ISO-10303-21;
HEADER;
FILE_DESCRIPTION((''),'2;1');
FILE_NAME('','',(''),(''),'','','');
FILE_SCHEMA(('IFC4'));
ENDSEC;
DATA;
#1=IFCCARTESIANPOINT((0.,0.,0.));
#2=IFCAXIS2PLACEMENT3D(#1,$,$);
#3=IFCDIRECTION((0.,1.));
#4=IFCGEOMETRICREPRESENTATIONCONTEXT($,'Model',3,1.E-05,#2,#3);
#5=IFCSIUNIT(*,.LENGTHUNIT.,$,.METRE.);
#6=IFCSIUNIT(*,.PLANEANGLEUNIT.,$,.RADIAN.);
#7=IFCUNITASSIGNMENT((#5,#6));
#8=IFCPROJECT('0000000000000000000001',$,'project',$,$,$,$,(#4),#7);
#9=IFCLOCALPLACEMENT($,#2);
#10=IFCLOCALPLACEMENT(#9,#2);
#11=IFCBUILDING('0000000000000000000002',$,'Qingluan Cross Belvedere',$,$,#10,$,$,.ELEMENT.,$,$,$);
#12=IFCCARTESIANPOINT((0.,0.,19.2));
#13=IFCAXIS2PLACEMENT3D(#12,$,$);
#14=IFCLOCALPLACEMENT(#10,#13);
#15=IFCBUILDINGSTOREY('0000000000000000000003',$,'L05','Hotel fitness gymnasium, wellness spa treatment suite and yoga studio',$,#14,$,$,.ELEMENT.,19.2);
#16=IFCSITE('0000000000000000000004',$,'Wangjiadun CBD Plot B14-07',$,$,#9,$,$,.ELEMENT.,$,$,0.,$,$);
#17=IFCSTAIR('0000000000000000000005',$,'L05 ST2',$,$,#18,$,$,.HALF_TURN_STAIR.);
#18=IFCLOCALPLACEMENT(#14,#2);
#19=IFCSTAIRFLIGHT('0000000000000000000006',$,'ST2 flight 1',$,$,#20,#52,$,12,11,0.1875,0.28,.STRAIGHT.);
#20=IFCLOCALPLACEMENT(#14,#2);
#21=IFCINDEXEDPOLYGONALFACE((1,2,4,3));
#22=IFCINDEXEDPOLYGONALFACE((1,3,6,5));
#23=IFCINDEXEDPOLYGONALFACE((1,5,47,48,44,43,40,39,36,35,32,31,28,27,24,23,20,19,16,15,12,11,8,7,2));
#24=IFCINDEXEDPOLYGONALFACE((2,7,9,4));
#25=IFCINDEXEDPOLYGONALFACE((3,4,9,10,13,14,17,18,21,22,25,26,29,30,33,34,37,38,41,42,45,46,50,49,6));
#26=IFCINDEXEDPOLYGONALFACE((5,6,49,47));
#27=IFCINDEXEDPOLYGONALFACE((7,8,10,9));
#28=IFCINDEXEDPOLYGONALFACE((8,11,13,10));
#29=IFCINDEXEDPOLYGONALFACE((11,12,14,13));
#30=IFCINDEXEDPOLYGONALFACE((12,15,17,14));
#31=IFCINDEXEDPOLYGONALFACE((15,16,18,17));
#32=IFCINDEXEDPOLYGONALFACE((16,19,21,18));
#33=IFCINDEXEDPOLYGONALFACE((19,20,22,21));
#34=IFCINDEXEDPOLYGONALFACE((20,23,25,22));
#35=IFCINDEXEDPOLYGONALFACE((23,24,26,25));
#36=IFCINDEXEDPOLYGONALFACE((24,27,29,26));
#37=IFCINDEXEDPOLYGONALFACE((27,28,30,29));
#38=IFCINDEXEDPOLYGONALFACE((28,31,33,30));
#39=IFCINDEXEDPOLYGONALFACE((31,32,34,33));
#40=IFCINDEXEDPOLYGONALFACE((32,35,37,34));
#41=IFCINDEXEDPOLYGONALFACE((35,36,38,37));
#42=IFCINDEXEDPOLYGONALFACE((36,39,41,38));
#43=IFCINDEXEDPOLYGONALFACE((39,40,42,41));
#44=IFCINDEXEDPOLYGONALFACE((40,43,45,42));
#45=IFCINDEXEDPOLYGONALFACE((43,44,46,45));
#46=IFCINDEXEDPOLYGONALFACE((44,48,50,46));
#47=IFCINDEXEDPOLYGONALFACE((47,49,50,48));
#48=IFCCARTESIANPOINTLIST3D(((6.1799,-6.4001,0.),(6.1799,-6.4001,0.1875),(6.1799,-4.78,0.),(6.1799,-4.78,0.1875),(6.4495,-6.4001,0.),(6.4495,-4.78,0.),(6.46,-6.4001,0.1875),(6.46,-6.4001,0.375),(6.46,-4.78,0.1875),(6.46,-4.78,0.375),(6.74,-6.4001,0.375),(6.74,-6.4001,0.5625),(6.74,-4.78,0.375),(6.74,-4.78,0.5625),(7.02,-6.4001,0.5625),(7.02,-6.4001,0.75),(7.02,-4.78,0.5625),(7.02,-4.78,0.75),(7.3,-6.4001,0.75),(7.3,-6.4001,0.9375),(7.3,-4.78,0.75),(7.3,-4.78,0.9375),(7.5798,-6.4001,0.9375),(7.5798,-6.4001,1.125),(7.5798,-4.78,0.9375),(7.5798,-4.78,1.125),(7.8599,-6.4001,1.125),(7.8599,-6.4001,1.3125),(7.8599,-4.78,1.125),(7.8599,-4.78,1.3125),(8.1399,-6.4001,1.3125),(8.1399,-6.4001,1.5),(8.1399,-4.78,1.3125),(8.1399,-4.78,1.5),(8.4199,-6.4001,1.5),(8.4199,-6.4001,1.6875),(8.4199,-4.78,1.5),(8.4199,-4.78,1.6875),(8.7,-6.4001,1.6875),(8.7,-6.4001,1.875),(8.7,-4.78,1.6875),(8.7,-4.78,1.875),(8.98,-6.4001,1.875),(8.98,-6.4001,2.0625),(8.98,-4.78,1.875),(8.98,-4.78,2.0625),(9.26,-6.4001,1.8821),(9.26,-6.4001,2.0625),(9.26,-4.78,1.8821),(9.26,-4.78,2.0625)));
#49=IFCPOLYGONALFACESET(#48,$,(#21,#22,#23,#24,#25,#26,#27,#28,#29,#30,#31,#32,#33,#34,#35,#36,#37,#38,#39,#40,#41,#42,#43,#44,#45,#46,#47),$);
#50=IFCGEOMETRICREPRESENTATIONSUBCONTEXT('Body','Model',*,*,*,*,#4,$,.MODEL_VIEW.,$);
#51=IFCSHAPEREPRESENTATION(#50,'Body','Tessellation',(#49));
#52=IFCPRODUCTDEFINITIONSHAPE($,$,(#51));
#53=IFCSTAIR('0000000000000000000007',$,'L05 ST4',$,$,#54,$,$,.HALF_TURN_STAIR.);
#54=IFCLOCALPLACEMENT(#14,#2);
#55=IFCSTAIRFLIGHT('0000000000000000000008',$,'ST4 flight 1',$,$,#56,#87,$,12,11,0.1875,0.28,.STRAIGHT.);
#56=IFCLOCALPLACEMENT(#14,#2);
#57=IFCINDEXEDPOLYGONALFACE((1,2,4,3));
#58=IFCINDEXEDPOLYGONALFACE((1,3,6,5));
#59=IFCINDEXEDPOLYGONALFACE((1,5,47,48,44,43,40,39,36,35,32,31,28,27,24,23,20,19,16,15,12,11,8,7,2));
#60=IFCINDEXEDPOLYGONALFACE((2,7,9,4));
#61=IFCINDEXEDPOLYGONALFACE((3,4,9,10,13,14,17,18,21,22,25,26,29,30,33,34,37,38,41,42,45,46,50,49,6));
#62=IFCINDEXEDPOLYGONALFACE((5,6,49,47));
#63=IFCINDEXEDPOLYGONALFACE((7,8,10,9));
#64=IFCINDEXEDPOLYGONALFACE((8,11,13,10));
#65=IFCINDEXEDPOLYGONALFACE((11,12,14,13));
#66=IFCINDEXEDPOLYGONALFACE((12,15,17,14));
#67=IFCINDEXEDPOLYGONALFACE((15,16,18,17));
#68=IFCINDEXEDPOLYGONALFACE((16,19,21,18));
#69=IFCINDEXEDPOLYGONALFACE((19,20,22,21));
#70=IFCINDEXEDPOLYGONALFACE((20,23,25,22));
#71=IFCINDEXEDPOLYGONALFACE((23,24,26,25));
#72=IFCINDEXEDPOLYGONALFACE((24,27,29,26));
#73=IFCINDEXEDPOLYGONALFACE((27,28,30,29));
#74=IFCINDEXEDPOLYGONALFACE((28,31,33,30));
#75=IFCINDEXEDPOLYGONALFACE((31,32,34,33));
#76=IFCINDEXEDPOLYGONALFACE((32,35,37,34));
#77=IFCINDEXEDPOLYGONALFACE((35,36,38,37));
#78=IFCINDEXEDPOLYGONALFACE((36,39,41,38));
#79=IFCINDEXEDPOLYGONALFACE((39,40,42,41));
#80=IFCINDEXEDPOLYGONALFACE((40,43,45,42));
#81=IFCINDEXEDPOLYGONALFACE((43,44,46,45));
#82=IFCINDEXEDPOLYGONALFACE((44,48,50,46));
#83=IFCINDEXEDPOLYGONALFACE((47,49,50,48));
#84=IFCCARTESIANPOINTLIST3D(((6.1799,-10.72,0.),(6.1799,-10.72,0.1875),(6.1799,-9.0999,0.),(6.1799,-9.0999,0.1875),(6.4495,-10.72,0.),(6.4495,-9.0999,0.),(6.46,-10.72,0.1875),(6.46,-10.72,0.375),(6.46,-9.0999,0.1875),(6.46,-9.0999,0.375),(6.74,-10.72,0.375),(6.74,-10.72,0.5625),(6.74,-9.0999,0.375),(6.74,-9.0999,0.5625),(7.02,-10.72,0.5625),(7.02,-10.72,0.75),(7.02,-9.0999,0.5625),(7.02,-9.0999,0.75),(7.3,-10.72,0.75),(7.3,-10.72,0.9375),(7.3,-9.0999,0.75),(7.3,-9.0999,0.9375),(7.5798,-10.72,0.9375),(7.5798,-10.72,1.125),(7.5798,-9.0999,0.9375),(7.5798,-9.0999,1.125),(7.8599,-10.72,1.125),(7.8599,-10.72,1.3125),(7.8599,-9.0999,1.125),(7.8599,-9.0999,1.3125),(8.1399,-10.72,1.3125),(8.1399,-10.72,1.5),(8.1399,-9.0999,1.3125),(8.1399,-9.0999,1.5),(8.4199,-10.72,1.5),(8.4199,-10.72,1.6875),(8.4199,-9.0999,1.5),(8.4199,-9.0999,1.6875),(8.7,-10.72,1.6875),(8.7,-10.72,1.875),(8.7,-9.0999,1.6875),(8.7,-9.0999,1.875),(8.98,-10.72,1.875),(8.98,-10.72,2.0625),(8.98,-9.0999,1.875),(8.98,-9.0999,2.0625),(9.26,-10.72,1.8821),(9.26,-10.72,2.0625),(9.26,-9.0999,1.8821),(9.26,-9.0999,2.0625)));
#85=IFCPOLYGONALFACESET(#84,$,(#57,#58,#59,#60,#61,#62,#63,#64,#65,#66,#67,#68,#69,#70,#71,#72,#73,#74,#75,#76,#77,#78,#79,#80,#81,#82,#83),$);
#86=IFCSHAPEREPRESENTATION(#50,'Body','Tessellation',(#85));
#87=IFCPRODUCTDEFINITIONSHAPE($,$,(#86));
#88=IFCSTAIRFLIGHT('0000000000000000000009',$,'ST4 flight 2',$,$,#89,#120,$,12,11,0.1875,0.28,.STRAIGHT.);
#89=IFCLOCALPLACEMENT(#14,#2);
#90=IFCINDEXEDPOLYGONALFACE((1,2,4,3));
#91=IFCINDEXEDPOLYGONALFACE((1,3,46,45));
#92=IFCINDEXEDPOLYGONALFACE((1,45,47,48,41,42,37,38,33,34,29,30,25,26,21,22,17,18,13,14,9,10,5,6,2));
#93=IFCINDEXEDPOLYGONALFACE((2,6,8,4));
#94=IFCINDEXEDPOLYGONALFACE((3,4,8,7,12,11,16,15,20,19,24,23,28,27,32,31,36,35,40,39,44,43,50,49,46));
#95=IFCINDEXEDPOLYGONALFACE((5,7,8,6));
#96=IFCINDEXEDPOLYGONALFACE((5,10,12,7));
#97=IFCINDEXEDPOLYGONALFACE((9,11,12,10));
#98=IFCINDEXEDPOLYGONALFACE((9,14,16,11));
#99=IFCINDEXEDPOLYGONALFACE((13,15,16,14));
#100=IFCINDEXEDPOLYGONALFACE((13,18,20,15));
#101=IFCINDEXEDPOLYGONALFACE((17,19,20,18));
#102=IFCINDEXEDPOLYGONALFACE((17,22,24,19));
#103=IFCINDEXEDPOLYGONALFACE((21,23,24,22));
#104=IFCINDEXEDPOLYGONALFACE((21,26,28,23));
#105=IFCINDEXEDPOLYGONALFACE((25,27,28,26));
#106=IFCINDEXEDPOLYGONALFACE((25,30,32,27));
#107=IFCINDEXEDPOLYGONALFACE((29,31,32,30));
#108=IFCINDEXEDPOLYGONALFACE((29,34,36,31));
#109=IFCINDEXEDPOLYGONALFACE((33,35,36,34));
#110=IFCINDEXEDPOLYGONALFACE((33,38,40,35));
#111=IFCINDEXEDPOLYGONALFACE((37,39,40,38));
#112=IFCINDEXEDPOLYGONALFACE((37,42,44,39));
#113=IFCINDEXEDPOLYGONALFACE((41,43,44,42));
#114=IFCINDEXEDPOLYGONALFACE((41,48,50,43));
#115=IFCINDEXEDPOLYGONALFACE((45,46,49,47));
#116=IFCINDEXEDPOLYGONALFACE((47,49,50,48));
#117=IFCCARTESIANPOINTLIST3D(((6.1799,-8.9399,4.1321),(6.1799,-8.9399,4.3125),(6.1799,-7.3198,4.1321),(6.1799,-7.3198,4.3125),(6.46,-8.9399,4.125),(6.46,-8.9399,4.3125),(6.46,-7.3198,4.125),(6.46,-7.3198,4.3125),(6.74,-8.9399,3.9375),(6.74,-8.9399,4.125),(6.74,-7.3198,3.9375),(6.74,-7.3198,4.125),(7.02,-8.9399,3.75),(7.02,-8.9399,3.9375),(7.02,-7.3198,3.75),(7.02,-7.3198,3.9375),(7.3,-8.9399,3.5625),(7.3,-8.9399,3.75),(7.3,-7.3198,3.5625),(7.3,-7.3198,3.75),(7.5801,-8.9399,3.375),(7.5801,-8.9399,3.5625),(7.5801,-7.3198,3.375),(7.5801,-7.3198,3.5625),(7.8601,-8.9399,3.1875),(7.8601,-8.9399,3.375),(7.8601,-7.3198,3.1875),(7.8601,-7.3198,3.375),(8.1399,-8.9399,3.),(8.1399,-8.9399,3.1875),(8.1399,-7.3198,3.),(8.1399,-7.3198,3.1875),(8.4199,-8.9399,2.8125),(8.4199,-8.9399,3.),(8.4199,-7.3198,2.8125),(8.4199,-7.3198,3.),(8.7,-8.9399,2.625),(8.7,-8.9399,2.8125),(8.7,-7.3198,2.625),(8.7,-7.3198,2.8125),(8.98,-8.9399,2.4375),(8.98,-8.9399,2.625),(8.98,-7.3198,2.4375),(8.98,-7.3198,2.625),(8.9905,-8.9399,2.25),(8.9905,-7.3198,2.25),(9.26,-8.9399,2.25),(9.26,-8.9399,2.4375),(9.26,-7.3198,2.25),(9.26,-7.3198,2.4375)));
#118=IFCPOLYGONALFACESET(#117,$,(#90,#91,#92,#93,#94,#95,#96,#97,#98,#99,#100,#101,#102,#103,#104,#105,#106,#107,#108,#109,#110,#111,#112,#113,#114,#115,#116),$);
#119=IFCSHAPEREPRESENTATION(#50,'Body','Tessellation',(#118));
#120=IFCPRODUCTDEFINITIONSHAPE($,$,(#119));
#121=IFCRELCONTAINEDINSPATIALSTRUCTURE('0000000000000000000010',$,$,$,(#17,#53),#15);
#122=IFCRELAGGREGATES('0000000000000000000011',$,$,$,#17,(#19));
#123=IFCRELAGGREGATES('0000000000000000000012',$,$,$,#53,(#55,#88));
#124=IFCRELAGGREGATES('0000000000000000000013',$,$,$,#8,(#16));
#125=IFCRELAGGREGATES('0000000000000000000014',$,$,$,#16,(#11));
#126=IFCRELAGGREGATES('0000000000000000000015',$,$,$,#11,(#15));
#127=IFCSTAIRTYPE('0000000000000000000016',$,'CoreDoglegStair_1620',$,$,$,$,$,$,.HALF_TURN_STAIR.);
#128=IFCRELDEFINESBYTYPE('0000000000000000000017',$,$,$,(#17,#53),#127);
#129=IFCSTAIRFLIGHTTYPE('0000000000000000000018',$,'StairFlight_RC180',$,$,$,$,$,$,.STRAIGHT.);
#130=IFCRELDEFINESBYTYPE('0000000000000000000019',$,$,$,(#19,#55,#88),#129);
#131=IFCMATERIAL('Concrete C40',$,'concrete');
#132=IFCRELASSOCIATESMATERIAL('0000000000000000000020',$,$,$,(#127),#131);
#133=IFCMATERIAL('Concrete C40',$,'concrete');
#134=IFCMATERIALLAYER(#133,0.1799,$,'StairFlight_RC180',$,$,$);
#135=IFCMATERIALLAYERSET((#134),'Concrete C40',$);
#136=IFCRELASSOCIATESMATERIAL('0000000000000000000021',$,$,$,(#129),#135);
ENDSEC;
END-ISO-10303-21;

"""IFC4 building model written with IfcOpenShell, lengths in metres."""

from ifc_helpers import new_model, si_unit, direction, frame, origin, place, context, subcontext, project, spatial, polyline, outline, extrude, material, layer, layer_set, type_object, element, aggregate, save


model = new_model("IFC4")

# Units and contexts
model_context = context("Model", 3, precision=1e-05, world=origin(), true_north=direction((0.0, 1.0)))
body_context = subcontext(model_context, "Body", "Model", "MODEL_VIEW")
ifc_project = project(units=[si_unit("LENGTHUNIT", "METRE"), si_unit("PLANEANGLEUNIT", "RADIAN")], contexts=[model_context])

# Site, building, storey
site_placement = place(None, origin())
site = spatial("IfcSite", under=ifc_project, at=site_placement, Name="Wangjiadun CBD Plot B14-07", CompositionType="ELEMENT", RefElevation=0.0)
building_placement = place(site_placement, origin())
building = spatial("IfcBuilding", under=site, at=building_placement, Name="Qingluan Cross Belvedere", CompositionType="ELEMENT")
storey_placement = place(building_placement, frame((0.0, 0.0, 19.2)))
storey = spatial("IfcBuildingStorey", under=building, at=storey_placement, Name="L05", Description="Hotel fitness gymnasium, wellness spa treatment suite and yoga studio", CompositionType="ELEMENT", Elevation=19.2)

# Stair, stair flight
ifc_material_1 = material(Name="Concrete C40", Category="concrete")
stair_type = type_object("IfcStairType", Name="CoreDoglegStair_1620", PredefinedType="HALF_TURN_STAIR", material=ifc_material_1)
stair_1_placement = place(storey_placement, origin())
stair_1 = element("IfcStair", 1, at=stair_1_placement, inside=storey, type_object=stair_type, Name="L05 ST2", PredefinedType="HALF_TURN_STAIR")
ifc_material_2 = material(Name="Concrete C40", Category="concrete")
ifc_layer_1 = layer(ifc_material_2, 0.1799, Name="StairFlight_RC180")
ifc_layer_set_1 = layer_set([ifc_layer_1], Name="Concrete C40")
stair_flight_type = type_object("IfcStairFlightType", Name="StairFlight_RC180", PredefinedType="STRAIGHT", material=ifc_layer_set_1)
stair_flight_1_placement = place(storey_placement, frame((6.1799, -5.5901, 0.0), z_axis=(0.0, 0.0, 1.0), x_axis=(1.0, 0.0, 0.0)))
stair_flight_1 = element("IfcStairFlight", 2, at=stair_flight_1_placement, type_object=stair_flight_type, Name="ST2 flight 1", NumberOfRisers=12, NumberOfTreads=11, PredefinedType="STRAIGHT", RiserHeight=0.1875, TreadLength=0.28, context=body_context, shape_type="SweptSolid", body=[
    extrude(outline(polyline([(0.0, 0.0), (0.0, 0.1875), (0.28, 0.1875), (0.28, 0.375), (0.5601, 0.375), (0.5601, 0.5625), (0.8401, 0.5625), (0.8401, 0.75), (1.1201, 0.75), (1.1201, 0.9375), (1.3999, 0.9375), (1.3999, 1.125), (1.6799, 1.125), (1.6799, 1.3125), (1.96, 1.3125), (1.96, 1.5), (2.24, 1.5), (2.24, 1.6875), (2.52, 1.6875), (2.52, 1.875), (2.8, 1.875), (2.8, 2.0625), (3.0801, 2.0625), (3.0801, 2.25), (3.0801, 1.8821), (0.2695, 0.0), (0.0, 0.0)])), frame((0.0, 0.8101, 0.0), z_axis=(0.0, -1.0, 0.0), x_axis=(1.0, 0.0, 0.0)), (0.0, 0.0, 1.0), 1.6201),
])
aggregate(stair_1, [stair_flight_1])

# Stair, stair flights
stair_2_placement = place(storey_placement, origin())
stair_2 = element("IfcStair", 3, at=stair_2_placement, inside=storey, type_object=stair_type, Name="L05 ST4", PredefinedType="HALF_TURN_STAIR")
stair_flight_2_placement = place(storey_placement, frame((6.1799, -9.9099, 0.0), z_axis=(0.0, 0.0, 1.0), x_axis=(1.0, 0.0, 0.0)))
stair_flight_2 = element("IfcStairFlight", 4, at=stair_flight_2_placement, type_object=stair_flight_type, Name="ST4 flight 1", NumberOfRisers=12, NumberOfTreads=11, PredefinedType="STRAIGHT", RiserHeight=0.1875, TreadLength=0.28, context=body_context, shape_type="SweptSolid", body=[
    extrude(outline(polyline([(0.0, 0.0), (0.0, 0.1875), (0.28, 0.1875), (0.28, 0.375), (0.5601, 0.375), (0.5601, 0.5625), (0.8401, 0.5625), (0.8401, 0.75), (1.1201, 0.75), (1.1201, 0.9375), (1.3999, 0.9375), (1.3999, 1.125), (1.6799, 1.125), (1.6799, 1.3125), (1.96, 1.3125), (1.96, 1.5), (2.24, 1.5), (2.24, 1.6875), (2.52, 1.6875), (2.52, 1.875), (2.8, 1.875), (2.8, 2.0625), (3.0801, 2.0625), (3.0801, 2.25), (3.0801, 1.8821), (0.2695, 0.0), (0.0, 0.0)])), frame((0.0, 0.8101, 0.0), z_axis=(0.0, -1.0, 0.0), x_axis=(1.0, 0.0, 0.0)), (0.0, 0.0, 1.0), 1.6201),
])
stair_flight_3_placement = place(storey_placement, frame((9.26, -8.1299, 2.25), z_axis=(0.0, 0.0, 1.0), x_axis=(-1.0, 0.0, 0.0)))
stair_flight_3 = element("IfcStairFlight", 5, at=stair_flight_3_placement, type_object=stair_flight_type, Name="ST4 flight 2", NumberOfRisers=12, NumberOfTreads=11, PredefinedType="STRAIGHT", RiserHeight=0.1875, TreadLength=0.28, context=body_context, shape_type="SweptSolid", body=[
    extrude(outline(polyline([(0.0, 0.0), (0.0, 0.1875), (0.28, 0.1875), (0.28, 0.375), (0.5601, 0.375), (0.5601, 0.5625), (0.8401, 0.5625), (0.8401, 0.75), (1.1201, 0.75), (1.1201, 0.9375), (1.3999, 0.9375), (1.3999, 1.125), (1.6799, 1.125), (1.6799, 1.3125), (1.96, 1.3125), (1.96, 1.5), (2.24, 1.5), (2.24, 1.6875), (2.52, 1.6875), (2.52, 1.875), (2.8, 1.875), (2.8, 2.0625), (3.0801, 2.0625), (3.0801, 2.25), (3.0801, 1.8821), (0.2695, 0.0), (0.0, 0.0)])), frame((0.0, 0.8101, 0.0), z_axis=(0.0, -1.0, 0.0), x_axis=(1.0, 0.0, 0.0)), (0.0, 0.0, 1.0), 1.6201),
])
aggregate(stair_2, [stair_flight_2, stair_flight_3])

save(model, "model.ifc")
